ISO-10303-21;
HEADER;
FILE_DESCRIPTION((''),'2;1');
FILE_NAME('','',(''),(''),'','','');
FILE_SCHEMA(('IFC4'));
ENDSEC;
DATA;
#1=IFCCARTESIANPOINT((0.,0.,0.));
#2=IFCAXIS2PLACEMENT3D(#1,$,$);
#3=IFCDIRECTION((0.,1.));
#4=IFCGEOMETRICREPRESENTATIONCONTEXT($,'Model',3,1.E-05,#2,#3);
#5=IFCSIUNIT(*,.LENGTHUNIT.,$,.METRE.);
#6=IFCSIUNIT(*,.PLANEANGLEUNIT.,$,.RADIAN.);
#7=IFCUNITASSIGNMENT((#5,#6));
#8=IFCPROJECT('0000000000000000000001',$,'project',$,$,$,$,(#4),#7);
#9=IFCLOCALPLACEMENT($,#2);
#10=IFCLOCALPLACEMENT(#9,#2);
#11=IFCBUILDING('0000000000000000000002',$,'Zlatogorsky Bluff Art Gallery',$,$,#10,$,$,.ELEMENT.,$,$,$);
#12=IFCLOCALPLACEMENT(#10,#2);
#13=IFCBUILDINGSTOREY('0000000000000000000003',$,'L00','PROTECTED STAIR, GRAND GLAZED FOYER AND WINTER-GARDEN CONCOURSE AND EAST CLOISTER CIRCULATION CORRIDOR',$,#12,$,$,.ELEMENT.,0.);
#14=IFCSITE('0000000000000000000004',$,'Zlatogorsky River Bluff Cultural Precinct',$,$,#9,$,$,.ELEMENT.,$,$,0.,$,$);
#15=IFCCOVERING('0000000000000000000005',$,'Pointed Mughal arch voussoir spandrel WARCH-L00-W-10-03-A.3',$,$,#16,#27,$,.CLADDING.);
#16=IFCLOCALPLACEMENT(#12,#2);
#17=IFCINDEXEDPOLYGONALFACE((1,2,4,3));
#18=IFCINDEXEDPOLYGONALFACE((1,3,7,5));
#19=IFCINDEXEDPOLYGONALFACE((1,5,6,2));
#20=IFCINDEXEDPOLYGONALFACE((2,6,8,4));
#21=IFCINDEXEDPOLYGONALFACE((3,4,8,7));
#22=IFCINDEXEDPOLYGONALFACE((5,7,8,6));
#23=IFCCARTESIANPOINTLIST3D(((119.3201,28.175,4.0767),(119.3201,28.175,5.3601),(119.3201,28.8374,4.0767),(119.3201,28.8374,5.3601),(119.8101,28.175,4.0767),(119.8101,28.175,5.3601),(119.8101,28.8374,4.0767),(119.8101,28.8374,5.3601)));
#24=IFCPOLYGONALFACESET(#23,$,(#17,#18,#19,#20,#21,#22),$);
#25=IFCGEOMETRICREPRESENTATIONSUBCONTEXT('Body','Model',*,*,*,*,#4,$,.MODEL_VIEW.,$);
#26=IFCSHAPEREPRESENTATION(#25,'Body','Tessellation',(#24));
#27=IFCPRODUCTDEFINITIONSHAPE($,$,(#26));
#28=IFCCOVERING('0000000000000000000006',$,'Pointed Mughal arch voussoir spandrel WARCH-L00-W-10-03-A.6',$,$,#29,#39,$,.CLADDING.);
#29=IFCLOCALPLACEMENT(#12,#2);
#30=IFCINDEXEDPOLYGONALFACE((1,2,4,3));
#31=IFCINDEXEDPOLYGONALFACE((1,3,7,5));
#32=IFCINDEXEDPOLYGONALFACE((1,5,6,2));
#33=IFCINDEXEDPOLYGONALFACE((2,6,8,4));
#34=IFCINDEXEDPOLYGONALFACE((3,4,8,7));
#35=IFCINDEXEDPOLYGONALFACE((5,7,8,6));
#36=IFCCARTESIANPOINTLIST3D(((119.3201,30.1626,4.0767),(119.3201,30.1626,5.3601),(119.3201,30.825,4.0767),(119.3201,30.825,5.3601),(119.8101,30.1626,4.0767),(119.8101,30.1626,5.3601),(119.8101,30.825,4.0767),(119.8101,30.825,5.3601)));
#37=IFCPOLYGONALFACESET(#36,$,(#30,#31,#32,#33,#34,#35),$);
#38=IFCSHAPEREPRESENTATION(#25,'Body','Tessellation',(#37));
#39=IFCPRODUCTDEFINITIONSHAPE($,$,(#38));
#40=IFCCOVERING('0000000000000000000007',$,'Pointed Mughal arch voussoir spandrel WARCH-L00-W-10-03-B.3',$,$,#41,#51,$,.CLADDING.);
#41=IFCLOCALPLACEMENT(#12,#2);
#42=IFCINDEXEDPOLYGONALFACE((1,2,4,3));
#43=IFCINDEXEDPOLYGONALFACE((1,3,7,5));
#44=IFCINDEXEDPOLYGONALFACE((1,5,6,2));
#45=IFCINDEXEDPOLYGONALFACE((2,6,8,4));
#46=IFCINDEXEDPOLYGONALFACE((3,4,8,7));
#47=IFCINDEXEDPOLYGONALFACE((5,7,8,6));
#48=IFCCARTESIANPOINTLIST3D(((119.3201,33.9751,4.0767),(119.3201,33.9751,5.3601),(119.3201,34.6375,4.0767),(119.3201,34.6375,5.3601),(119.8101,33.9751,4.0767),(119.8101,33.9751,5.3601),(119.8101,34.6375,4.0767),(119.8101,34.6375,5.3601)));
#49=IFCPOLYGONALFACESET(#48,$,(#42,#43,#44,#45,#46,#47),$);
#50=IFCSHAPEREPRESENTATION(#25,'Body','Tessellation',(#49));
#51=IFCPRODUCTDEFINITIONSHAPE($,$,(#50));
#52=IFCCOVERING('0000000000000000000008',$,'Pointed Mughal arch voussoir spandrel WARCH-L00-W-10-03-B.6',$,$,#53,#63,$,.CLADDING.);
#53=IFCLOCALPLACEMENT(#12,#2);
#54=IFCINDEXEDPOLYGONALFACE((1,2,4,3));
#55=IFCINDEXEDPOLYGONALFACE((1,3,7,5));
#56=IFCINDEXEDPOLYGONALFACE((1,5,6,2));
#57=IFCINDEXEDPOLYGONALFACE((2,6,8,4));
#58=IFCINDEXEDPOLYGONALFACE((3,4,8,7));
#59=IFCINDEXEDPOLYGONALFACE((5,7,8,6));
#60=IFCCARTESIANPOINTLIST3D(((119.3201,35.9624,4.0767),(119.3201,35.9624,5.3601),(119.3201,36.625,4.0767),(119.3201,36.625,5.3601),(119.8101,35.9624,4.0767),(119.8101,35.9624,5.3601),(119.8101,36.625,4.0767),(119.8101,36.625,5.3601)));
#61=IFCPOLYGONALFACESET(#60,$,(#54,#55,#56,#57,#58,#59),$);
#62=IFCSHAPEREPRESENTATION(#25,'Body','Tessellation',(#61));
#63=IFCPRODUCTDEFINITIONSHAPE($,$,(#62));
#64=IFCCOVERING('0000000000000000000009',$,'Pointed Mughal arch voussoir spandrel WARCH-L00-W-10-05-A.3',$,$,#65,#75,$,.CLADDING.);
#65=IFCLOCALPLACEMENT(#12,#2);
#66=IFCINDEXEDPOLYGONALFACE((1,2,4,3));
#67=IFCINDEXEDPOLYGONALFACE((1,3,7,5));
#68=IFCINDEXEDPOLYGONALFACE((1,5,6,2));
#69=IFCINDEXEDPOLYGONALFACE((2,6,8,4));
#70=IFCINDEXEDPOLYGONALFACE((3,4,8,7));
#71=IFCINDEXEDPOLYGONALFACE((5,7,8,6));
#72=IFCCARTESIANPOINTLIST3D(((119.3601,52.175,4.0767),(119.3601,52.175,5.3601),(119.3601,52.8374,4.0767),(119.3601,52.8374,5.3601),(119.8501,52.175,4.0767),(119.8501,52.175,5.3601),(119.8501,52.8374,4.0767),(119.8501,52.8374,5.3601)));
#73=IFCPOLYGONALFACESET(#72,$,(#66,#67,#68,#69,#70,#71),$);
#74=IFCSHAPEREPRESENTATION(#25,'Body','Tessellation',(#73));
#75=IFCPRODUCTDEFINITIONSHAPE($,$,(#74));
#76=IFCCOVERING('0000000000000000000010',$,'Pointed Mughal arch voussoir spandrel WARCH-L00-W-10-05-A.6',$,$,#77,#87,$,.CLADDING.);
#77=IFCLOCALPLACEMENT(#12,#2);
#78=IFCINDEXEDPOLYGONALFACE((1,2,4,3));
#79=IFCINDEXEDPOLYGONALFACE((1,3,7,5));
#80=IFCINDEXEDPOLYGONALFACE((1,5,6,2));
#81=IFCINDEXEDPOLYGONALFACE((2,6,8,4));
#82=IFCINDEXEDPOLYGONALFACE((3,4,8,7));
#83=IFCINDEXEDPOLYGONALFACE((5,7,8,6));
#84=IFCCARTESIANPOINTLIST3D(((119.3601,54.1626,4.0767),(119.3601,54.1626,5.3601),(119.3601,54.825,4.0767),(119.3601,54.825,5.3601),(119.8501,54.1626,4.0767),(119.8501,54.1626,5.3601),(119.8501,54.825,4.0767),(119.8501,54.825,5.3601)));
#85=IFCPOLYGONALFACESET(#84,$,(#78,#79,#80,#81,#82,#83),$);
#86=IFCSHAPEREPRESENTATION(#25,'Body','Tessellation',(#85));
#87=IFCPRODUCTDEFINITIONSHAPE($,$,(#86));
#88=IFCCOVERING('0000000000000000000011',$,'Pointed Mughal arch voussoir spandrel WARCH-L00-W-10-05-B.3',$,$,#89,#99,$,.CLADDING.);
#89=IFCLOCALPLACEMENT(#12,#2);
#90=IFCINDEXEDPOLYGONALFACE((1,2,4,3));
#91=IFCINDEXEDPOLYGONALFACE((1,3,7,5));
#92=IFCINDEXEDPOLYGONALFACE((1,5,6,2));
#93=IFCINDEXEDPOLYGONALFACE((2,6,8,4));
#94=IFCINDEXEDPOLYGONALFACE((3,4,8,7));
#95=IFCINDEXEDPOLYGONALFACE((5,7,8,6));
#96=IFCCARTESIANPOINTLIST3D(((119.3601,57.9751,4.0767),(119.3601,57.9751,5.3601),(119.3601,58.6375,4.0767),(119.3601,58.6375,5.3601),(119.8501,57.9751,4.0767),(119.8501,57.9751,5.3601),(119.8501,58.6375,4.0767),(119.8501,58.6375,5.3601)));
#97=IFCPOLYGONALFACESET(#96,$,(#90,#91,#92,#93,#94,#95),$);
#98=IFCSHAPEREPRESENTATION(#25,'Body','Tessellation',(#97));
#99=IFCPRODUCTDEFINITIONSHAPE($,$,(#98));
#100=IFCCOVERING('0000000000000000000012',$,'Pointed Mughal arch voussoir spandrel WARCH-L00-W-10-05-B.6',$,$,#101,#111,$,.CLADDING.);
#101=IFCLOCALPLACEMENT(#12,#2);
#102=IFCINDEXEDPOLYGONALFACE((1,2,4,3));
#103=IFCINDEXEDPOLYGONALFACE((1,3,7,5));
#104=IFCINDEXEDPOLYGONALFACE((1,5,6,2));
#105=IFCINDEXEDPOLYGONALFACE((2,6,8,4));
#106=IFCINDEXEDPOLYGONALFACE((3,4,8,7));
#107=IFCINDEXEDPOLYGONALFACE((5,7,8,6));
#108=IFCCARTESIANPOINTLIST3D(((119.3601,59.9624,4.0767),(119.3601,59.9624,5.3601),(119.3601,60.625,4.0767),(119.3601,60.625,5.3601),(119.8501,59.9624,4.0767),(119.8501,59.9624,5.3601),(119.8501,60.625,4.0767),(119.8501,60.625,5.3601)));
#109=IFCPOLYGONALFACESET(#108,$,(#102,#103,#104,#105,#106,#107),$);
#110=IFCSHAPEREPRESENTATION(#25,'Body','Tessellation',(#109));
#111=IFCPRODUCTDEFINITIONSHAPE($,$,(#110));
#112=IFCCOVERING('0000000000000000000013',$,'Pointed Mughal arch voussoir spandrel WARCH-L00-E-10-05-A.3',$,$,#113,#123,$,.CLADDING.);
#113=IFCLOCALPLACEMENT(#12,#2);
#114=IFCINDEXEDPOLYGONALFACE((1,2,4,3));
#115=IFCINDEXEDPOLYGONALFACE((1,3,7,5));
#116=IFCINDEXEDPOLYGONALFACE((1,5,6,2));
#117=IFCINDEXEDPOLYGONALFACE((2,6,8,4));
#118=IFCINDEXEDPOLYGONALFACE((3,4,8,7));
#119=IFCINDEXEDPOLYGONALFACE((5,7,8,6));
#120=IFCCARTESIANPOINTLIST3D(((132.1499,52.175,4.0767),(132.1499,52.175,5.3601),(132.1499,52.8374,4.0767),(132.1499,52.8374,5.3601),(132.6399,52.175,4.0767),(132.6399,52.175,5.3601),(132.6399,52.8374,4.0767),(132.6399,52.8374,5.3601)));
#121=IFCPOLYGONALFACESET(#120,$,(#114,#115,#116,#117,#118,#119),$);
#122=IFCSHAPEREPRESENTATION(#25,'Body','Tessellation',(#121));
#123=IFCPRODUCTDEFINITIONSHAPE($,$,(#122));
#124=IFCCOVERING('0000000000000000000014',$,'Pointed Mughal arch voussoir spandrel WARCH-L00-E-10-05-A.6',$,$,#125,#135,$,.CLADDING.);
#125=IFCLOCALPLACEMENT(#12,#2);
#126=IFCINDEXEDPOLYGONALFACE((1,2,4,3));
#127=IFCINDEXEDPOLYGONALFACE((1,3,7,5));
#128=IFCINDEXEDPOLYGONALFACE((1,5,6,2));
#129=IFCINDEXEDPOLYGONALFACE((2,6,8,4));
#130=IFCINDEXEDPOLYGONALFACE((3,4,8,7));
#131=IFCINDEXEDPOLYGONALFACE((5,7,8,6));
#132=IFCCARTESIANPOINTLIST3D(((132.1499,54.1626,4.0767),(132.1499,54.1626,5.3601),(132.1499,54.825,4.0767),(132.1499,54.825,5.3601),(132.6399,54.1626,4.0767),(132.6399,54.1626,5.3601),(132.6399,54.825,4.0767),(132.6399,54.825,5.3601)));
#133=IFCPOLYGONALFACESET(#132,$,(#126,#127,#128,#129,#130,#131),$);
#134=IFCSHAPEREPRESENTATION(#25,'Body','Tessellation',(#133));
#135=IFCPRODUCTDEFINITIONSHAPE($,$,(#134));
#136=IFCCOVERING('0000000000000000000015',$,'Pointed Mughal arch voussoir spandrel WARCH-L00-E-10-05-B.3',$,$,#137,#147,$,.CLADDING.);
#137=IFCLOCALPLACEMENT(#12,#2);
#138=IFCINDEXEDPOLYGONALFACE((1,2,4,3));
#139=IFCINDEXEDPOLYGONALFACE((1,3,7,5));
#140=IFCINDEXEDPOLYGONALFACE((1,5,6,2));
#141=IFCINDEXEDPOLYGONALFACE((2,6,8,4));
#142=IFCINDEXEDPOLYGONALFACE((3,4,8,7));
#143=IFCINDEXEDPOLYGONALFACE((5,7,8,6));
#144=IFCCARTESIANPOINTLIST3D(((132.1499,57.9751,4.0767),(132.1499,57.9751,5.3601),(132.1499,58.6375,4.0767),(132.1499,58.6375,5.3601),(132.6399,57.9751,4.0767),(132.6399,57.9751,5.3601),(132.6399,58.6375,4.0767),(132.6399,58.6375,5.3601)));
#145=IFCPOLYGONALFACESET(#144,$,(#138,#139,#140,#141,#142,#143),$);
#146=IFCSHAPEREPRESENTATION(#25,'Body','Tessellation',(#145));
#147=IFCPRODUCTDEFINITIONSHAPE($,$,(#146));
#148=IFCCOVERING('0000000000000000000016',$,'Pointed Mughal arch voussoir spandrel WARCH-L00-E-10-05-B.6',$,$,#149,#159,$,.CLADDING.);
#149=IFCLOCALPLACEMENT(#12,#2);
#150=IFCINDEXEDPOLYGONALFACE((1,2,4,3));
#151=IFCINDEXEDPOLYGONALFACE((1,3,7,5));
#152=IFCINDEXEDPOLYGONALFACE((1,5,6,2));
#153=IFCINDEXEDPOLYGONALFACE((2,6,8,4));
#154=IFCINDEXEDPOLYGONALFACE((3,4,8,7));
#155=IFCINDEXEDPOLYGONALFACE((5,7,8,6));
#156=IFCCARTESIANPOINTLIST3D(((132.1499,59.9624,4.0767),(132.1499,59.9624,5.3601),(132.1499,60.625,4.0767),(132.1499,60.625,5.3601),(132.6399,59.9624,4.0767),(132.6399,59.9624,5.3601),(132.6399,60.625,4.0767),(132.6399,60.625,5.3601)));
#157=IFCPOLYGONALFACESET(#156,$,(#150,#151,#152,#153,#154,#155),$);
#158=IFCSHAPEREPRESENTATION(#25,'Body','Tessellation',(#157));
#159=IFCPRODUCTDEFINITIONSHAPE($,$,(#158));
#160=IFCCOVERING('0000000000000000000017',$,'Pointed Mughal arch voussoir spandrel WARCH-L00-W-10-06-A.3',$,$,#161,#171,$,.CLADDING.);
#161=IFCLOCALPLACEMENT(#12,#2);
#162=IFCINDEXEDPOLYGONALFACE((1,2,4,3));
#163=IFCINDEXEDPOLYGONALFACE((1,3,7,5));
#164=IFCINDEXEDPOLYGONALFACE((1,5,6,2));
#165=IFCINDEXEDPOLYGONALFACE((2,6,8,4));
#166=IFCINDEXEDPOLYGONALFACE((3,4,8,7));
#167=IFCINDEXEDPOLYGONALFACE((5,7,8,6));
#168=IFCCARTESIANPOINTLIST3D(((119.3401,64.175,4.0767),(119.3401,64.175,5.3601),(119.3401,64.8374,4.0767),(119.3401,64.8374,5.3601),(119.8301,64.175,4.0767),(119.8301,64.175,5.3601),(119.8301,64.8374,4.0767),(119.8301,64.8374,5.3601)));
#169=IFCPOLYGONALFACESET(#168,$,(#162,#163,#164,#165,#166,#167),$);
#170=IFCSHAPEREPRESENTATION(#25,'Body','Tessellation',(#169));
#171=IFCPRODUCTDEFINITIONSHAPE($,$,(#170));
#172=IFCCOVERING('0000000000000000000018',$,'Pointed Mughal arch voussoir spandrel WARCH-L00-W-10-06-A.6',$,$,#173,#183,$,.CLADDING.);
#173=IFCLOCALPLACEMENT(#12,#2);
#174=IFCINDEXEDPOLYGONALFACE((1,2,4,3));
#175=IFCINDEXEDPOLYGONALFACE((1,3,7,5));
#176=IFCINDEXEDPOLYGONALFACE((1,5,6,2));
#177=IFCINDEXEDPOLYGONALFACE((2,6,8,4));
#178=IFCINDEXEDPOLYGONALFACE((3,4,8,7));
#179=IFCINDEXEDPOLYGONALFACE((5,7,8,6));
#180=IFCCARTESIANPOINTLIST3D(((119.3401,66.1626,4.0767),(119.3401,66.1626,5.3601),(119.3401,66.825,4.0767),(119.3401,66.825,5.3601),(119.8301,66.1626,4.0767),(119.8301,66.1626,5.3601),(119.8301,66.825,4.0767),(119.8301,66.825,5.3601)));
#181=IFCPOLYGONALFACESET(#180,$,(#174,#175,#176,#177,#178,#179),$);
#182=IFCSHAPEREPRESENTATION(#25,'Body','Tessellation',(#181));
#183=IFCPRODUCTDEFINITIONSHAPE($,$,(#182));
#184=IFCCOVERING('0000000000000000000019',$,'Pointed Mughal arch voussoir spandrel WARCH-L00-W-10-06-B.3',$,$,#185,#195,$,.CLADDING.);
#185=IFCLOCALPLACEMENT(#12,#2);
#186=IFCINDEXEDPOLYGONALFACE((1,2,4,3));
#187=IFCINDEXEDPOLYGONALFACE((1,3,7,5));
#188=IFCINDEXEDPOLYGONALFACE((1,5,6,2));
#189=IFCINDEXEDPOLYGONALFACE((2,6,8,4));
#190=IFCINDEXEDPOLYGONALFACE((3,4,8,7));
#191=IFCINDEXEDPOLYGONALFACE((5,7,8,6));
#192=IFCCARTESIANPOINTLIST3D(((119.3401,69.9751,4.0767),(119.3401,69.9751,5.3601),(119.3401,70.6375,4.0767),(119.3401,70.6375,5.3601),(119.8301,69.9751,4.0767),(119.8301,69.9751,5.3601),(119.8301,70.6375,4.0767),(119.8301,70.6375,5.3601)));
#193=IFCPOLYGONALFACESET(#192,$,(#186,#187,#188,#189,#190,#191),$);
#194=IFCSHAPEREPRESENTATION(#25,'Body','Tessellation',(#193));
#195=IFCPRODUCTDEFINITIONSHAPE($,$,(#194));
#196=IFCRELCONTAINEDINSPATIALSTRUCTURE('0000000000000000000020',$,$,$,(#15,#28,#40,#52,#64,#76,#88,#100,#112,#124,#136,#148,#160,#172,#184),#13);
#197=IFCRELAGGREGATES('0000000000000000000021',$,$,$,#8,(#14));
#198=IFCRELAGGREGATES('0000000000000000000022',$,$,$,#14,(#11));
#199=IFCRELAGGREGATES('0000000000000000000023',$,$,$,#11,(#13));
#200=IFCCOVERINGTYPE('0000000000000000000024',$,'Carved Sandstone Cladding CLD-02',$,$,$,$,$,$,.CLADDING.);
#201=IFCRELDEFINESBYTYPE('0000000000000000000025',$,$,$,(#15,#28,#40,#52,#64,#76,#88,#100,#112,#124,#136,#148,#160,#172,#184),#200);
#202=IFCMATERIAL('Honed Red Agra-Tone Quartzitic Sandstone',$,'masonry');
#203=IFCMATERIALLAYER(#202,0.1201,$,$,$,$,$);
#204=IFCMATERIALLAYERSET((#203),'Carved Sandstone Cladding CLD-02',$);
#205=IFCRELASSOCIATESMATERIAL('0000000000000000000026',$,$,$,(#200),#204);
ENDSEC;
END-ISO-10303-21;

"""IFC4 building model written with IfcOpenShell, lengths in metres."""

from ifc_helpers import new_model, si_unit, direction, frame, origin, place, context, subcontext, project, spatial, polyline, outline, extrude, material, layer, layer_set, type_object, element, save


model = new_model("IFC4")

# Units and contexts
model_context = context("Model", 3, precision=1e-05, world=origin(), true_north=direction((0.0, 1.0)))
body_context = subcontext(model_context, "Body", "Model", "MODEL_VIEW")
ifc_project = project(units=[si_unit("LENGTHUNIT", "METRE"), si_unit("PLANEANGLEUNIT", "RADIAN")], contexts=[model_context])

# Site, building, storey
site_placement = place(None, origin())
site = spatial("IfcSite", under=ifc_project, at=site_placement, Name="Zlatogorsky River Bluff Cultural Precinct", CompositionType="ELEMENT", RefElevation=0.0)
building_placement = place(site_placement, origin())
building = spatial("IfcBuilding", under=site, at=building_placement, Name="Zlatogorsky Bluff Art Gallery", CompositionType="ELEMENT")
storey_placement = place(building_placement, origin())
storey = spatial("IfcBuildingStorey", under=building, at=storey_placement, Name="L00", Description="PROTECTED STAIR, GRAND GLAZED FOYER AND WINTER-GARDEN CONCOURSE AND EAST CLOISTER CIRCULATION CORRIDOR", CompositionType="ELEMENT", Elevation=0.0)

# Coverings
ifc_material = material(Name="Honed Red Agra-Tone Quartzitic Sandstone", Category="masonry")
ifc_layer = layer(ifc_material, 0.1201)
ifc_layer_set = layer_set([ifc_layer], Name="Carved Sandstone Cladding CLD-02")
covering_type = type_object("IfcCoveringType", Name="Carved Sandstone Cladding CLD-02", PredefinedType="CLADDING", material=ifc_layer_set)
covering_1_placement = place(storey_placement, frame((0.0, 0.0, 4.0767)))
element("IfcCovering", 1, at=covering_1_placement, inside=storey, type_object=covering_type, Name="Pointed Mughal arch voussoir spandrel WARCH-L00-W-10-03-A.3", PredefinedType="CLADDING", context=body_context, shape_type="SweptSolid", body=[
    extrude(outline(polyline([(119.3201, 28.175), (119.3201, 28.8374), (119.8101, 28.8374), (119.8101, 28.175), (119.3201, 28.175)])), origin(), (0.0, 0.0, 1.0), 1.2834),
])
covering_2_placement = place(storey_placement, frame((0.0, 0.0, 4.0767)))
element("IfcCovering", 2, at=covering_2_placement, inside=storey, type_object=covering_type, Name="Pointed Mughal arch voussoir spandrel WARCH-L00-W-10-03-A.6", PredefinedType="CLADDING", context=body_context, shape_type="SweptSolid", body=[
    extrude(outline(polyline([(119.3201, 30.1626), (119.3201, 30.825), (119.8101, 30.825), (119.8101, 30.1626), (119.3201, 30.1626)])), origin(), (0.0, 0.0, 1.0), 1.2834),
])
covering_3_placement = place(storey_placement, frame((0.0, 0.0, 4.0767)))
element("IfcCovering", 3, at=covering_3_placement, inside=storey, type_object=covering_type, Name="Pointed Mughal arch voussoir spandrel WARCH-L00-W-10-03-B.3", PredefinedType="CLADDING", context=body_context, shape_type="SweptSolid", body=[
    extrude(outline(polyline([(119.3201, 33.9751), (119.3201, 34.6375), (119.8101, 34.6375), (119.8101, 33.9751), (119.3201, 33.9751)])), origin(), (0.0, 0.0, 1.0), 1.2834),
])
covering_4_placement = place(storey_placement, frame((0.0, 0.0, 4.0767)))
element("IfcCovering", 4, at=covering_4_placement, inside=storey, type_object=covering_type, Name="Pointed Mughal arch voussoir spandrel WARCH-L00-W-10-03-B.6", PredefinedType="CLADDING", context=body_context, shape_type="SweptSolid", body=[
    extrude(outline(polyline([(119.3201, 35.9624), (119.3201, 36.625), (119.8101, 36.625), (119.8101, 35.9624), (119.3201, 35.9624)])), origin(), (0.0, 0.0, 1.0), 1.2834),
])
covering_5_placement = place(storey_placement, frame((0.0, 0.0, 4.0767)))
element("IfcCovering", 5, at=covering_5_placement, inside=storey, type_object=covering_type, Name="Pointed Mughal arch voussoir spandrel WARCH-L00-W-10-05-A.3", PredefinedType="CLADDING", context=body_context, shape_type="SweptSolid", body=[
    extrude(outline(polyline([(119.3601, 52.175), (119.3601, 52.8374), (119.8501, 52.8374), (119.8501, 52.175), (119.3601, 52.175)])), origin(), (0.0, 0.0, 1.0), 1.2834),
])
covering_6_placement = place(storey_placement, frame((0.0, 0.0, 4.0767)))
element("IfcCovering", 6, at=covering_6_placement, inside=storey, type_object=covering_type, Name="Pointed Mughal arch voussoir spandrel WARCH-L00-W-10-05-A.6", PredefinedType="CLADDING", context=body_context, shape_type="SweptSolid", body=[
    extrude(outline(polyline([(119.3601, 54.1626), (119.3601, 54.825), (119.8501, 54.825), (119.8501, 54.1626), (119.3601, 54.1626)])), origin(), (0.0, 0.0, 1.0), 1.2834),
])
covering_7_placement = place(storey_placement, frame((0.0, 0.0, 4.0767)))
element("IfcCovering", 7, at=covering_7_placement, inside=storey, type_object=covering_type, Name="Pointed Mughal arch voussoir spandrel WARCH-L00-W-10-05-B.3", PredefinedType="CLADDING", context=body_context, shape_type="SweptSolid", body=[
    extrude(outline(polyline([(119.3601, 57.9751), (119.3601, 58.6375), (119.8501, 58.6375), (119.8501, 57.9751), (119.3601, 57.9751)])), origin(), (0.0, 0.0, 1.0), 1.2834),
])
covering_8_placement = place(storey_placement, frame((0.0, 0.0, 4.0767)))
element("IfcCovering", 8, at=covering_8_placement, inside=storey, type_object=covering_type, Name="Pointed Mughal arch voussoir spandrel WARCH-L00-W-10-05-B.6", PredefinedType="CLADDING", context=body_context, shape_type="SweptSolid", body=[
    extrude(outline(polyline([(119.3601, 59.9624), (119.3601, 60.625), (119.8501, 60.625), (119.8501, 59.9624), (119.3601, 59.9624)])), origin(), (0.0, 0.0, 1.0), 1.2834),
])
covering_9_placement = place(storey_placement, frame((0.0, 0.0, 4.0767)))
element("IfcCovering", 9, at=covering_9_placement, inside=storey, type_object=covering_type, Name="Pointed Mughal arch voussoir spandrel WARCH-L00-E-10-05-A.3", PredefinedType="CLADDING", context=body_context, shape_type="SweptSolid", body=[
    extrude(outline(polyline([(132.1499, 52.175), (132.1499, 52.8374), (132.6399, 52.8374), (132.6399, 52.175), (132.1499, 52.175)])), origin(), (0.0, 0.0, 1.0), 1.2834),
])
covering_10_placement = place(storey_placement, frame((0.0, 0.0, 4.0767)))
element("IfcCovering", 10, at=covering_10_placement, inside=storey, type_object=covering_type, Name="Pointed Mughal arch voussoir spandrel WARCH-L00-E-10-05-A.6", PredefinedType="CLADDING", context=body_context, shape_type="SweptSolid", body=[
    extrude(outline(polyline([(132.1499, 54.1626), (132.1499, 54.825), (132.6399, 54.825), (132.6399, 54.1626), (132.1499, 54.1626)])), origin(), (0.0, 0.0, 1.0), 1.2834),
])
covering_11_placement = place(storey_placement, frame((0.0, 0.0, 4.0767)))
element("IfcCovering", 11, at=covering_11_placement, inside=storey, type_object=covering_type, Name="Pointed Mughal arch voussoir spandrel WARCH-L00-E-10-05-B.3", PredefinedType="CLADDING", context=body_context, shape_type="SweptSolid", body=[
    extrude(outline(polyline([(132.1499, 57.9751), (132.1499, 58.6375), (132.6399, 58.6375), (132.6399, 57.9751), (132.1499, 57.9751)])), origin(), (0.0, 0.0, 1.0), 1.2834),
])
covering_12_placement = place(storey_placement, frame((0.0, 0.0, 4.0767)))
element("IfcCovering", 12, at=covering_12_placement, inside=storey, type_object=covering_type, Name="Pointed Mughal arch voussoir spandrel WARCH-L00-E-10-05-B.6", PredefinedType="CLADDING", context=body_context, shape_type="SweptSolid", body=[
    extrude(outline(polyline([(132.1499, 59.9624), (132.1499, 60.625), (132.6399, 60.625), (132.6399, 59.9624), (132.1499, 59.9624)])), origin(), (0.0, 0.0, 1.0), 1.2834),
])
covering_13_placement = place(storey_placement, frame((0.0, 0.0, 4.0767)))
element("IfcCovering", 13, at=covering_13_placement, inside=storey, type_object=covering_type, Name="Pointed Mughal arch voussoir spandrel WARCH-L00-W-10-06-A.3", PredefinedType="CLADDING", context=body_context, shape_type="SweptSolid", body=[
    extrude(outline(polyline([(119.3401, 64.175), (119.3401, 64.8374), (119.8301, 64.8374), (119.8301, 64.175), (119.3401, 64.175)])), origin(), (0.0, 0.0, 1.0), 1.2834),
])
covering_14_placement = place(storey_placement, frame((0.0, 0.0, 4.0767)))
element("IfcCovering", 14, at=covering_14_placement, inside=storey, type_object=covering_type, Name="Pointed Mughal arch voussoir spandrel WARCH-L00-W-10-06-A.6", PredefinedType="CLADDING", context=body_context, shape_type="SweptSolid", body=[
    extrude(outline(polyline([(119.3401, 66.1626), (119.3401, 66.825), (119.8301, 66.825), (119.8301, 66.1626), (119.3401, 66.1626)])), origin(), (0.0, 0.0, 1.0), 1.2834),
])
covering_15_placement = place(storey_placement, frame((0.0, 0.0, 4.0767)))
element("IfcCovering", 15, at=covering_15_placement, inside=storey, type_object=covering_type, Name="Pointed Mughal arch voussoir spandrel WARCH-L00-W-10-06-B.3", PredefinedType="CLADDING", context=body_context, shape_type="SweptSolid", body=[
    extrude(outline(polyline([(119.3401, 69.9751), (119.3401, 70.6375), (119.8301, 70.6375), (119.8301, 69.9751), (119.3401, 69.9751)])), origin(), (0.0, 0.0, 1.0), 1.2834),
])

save(model, "model.ifc")
